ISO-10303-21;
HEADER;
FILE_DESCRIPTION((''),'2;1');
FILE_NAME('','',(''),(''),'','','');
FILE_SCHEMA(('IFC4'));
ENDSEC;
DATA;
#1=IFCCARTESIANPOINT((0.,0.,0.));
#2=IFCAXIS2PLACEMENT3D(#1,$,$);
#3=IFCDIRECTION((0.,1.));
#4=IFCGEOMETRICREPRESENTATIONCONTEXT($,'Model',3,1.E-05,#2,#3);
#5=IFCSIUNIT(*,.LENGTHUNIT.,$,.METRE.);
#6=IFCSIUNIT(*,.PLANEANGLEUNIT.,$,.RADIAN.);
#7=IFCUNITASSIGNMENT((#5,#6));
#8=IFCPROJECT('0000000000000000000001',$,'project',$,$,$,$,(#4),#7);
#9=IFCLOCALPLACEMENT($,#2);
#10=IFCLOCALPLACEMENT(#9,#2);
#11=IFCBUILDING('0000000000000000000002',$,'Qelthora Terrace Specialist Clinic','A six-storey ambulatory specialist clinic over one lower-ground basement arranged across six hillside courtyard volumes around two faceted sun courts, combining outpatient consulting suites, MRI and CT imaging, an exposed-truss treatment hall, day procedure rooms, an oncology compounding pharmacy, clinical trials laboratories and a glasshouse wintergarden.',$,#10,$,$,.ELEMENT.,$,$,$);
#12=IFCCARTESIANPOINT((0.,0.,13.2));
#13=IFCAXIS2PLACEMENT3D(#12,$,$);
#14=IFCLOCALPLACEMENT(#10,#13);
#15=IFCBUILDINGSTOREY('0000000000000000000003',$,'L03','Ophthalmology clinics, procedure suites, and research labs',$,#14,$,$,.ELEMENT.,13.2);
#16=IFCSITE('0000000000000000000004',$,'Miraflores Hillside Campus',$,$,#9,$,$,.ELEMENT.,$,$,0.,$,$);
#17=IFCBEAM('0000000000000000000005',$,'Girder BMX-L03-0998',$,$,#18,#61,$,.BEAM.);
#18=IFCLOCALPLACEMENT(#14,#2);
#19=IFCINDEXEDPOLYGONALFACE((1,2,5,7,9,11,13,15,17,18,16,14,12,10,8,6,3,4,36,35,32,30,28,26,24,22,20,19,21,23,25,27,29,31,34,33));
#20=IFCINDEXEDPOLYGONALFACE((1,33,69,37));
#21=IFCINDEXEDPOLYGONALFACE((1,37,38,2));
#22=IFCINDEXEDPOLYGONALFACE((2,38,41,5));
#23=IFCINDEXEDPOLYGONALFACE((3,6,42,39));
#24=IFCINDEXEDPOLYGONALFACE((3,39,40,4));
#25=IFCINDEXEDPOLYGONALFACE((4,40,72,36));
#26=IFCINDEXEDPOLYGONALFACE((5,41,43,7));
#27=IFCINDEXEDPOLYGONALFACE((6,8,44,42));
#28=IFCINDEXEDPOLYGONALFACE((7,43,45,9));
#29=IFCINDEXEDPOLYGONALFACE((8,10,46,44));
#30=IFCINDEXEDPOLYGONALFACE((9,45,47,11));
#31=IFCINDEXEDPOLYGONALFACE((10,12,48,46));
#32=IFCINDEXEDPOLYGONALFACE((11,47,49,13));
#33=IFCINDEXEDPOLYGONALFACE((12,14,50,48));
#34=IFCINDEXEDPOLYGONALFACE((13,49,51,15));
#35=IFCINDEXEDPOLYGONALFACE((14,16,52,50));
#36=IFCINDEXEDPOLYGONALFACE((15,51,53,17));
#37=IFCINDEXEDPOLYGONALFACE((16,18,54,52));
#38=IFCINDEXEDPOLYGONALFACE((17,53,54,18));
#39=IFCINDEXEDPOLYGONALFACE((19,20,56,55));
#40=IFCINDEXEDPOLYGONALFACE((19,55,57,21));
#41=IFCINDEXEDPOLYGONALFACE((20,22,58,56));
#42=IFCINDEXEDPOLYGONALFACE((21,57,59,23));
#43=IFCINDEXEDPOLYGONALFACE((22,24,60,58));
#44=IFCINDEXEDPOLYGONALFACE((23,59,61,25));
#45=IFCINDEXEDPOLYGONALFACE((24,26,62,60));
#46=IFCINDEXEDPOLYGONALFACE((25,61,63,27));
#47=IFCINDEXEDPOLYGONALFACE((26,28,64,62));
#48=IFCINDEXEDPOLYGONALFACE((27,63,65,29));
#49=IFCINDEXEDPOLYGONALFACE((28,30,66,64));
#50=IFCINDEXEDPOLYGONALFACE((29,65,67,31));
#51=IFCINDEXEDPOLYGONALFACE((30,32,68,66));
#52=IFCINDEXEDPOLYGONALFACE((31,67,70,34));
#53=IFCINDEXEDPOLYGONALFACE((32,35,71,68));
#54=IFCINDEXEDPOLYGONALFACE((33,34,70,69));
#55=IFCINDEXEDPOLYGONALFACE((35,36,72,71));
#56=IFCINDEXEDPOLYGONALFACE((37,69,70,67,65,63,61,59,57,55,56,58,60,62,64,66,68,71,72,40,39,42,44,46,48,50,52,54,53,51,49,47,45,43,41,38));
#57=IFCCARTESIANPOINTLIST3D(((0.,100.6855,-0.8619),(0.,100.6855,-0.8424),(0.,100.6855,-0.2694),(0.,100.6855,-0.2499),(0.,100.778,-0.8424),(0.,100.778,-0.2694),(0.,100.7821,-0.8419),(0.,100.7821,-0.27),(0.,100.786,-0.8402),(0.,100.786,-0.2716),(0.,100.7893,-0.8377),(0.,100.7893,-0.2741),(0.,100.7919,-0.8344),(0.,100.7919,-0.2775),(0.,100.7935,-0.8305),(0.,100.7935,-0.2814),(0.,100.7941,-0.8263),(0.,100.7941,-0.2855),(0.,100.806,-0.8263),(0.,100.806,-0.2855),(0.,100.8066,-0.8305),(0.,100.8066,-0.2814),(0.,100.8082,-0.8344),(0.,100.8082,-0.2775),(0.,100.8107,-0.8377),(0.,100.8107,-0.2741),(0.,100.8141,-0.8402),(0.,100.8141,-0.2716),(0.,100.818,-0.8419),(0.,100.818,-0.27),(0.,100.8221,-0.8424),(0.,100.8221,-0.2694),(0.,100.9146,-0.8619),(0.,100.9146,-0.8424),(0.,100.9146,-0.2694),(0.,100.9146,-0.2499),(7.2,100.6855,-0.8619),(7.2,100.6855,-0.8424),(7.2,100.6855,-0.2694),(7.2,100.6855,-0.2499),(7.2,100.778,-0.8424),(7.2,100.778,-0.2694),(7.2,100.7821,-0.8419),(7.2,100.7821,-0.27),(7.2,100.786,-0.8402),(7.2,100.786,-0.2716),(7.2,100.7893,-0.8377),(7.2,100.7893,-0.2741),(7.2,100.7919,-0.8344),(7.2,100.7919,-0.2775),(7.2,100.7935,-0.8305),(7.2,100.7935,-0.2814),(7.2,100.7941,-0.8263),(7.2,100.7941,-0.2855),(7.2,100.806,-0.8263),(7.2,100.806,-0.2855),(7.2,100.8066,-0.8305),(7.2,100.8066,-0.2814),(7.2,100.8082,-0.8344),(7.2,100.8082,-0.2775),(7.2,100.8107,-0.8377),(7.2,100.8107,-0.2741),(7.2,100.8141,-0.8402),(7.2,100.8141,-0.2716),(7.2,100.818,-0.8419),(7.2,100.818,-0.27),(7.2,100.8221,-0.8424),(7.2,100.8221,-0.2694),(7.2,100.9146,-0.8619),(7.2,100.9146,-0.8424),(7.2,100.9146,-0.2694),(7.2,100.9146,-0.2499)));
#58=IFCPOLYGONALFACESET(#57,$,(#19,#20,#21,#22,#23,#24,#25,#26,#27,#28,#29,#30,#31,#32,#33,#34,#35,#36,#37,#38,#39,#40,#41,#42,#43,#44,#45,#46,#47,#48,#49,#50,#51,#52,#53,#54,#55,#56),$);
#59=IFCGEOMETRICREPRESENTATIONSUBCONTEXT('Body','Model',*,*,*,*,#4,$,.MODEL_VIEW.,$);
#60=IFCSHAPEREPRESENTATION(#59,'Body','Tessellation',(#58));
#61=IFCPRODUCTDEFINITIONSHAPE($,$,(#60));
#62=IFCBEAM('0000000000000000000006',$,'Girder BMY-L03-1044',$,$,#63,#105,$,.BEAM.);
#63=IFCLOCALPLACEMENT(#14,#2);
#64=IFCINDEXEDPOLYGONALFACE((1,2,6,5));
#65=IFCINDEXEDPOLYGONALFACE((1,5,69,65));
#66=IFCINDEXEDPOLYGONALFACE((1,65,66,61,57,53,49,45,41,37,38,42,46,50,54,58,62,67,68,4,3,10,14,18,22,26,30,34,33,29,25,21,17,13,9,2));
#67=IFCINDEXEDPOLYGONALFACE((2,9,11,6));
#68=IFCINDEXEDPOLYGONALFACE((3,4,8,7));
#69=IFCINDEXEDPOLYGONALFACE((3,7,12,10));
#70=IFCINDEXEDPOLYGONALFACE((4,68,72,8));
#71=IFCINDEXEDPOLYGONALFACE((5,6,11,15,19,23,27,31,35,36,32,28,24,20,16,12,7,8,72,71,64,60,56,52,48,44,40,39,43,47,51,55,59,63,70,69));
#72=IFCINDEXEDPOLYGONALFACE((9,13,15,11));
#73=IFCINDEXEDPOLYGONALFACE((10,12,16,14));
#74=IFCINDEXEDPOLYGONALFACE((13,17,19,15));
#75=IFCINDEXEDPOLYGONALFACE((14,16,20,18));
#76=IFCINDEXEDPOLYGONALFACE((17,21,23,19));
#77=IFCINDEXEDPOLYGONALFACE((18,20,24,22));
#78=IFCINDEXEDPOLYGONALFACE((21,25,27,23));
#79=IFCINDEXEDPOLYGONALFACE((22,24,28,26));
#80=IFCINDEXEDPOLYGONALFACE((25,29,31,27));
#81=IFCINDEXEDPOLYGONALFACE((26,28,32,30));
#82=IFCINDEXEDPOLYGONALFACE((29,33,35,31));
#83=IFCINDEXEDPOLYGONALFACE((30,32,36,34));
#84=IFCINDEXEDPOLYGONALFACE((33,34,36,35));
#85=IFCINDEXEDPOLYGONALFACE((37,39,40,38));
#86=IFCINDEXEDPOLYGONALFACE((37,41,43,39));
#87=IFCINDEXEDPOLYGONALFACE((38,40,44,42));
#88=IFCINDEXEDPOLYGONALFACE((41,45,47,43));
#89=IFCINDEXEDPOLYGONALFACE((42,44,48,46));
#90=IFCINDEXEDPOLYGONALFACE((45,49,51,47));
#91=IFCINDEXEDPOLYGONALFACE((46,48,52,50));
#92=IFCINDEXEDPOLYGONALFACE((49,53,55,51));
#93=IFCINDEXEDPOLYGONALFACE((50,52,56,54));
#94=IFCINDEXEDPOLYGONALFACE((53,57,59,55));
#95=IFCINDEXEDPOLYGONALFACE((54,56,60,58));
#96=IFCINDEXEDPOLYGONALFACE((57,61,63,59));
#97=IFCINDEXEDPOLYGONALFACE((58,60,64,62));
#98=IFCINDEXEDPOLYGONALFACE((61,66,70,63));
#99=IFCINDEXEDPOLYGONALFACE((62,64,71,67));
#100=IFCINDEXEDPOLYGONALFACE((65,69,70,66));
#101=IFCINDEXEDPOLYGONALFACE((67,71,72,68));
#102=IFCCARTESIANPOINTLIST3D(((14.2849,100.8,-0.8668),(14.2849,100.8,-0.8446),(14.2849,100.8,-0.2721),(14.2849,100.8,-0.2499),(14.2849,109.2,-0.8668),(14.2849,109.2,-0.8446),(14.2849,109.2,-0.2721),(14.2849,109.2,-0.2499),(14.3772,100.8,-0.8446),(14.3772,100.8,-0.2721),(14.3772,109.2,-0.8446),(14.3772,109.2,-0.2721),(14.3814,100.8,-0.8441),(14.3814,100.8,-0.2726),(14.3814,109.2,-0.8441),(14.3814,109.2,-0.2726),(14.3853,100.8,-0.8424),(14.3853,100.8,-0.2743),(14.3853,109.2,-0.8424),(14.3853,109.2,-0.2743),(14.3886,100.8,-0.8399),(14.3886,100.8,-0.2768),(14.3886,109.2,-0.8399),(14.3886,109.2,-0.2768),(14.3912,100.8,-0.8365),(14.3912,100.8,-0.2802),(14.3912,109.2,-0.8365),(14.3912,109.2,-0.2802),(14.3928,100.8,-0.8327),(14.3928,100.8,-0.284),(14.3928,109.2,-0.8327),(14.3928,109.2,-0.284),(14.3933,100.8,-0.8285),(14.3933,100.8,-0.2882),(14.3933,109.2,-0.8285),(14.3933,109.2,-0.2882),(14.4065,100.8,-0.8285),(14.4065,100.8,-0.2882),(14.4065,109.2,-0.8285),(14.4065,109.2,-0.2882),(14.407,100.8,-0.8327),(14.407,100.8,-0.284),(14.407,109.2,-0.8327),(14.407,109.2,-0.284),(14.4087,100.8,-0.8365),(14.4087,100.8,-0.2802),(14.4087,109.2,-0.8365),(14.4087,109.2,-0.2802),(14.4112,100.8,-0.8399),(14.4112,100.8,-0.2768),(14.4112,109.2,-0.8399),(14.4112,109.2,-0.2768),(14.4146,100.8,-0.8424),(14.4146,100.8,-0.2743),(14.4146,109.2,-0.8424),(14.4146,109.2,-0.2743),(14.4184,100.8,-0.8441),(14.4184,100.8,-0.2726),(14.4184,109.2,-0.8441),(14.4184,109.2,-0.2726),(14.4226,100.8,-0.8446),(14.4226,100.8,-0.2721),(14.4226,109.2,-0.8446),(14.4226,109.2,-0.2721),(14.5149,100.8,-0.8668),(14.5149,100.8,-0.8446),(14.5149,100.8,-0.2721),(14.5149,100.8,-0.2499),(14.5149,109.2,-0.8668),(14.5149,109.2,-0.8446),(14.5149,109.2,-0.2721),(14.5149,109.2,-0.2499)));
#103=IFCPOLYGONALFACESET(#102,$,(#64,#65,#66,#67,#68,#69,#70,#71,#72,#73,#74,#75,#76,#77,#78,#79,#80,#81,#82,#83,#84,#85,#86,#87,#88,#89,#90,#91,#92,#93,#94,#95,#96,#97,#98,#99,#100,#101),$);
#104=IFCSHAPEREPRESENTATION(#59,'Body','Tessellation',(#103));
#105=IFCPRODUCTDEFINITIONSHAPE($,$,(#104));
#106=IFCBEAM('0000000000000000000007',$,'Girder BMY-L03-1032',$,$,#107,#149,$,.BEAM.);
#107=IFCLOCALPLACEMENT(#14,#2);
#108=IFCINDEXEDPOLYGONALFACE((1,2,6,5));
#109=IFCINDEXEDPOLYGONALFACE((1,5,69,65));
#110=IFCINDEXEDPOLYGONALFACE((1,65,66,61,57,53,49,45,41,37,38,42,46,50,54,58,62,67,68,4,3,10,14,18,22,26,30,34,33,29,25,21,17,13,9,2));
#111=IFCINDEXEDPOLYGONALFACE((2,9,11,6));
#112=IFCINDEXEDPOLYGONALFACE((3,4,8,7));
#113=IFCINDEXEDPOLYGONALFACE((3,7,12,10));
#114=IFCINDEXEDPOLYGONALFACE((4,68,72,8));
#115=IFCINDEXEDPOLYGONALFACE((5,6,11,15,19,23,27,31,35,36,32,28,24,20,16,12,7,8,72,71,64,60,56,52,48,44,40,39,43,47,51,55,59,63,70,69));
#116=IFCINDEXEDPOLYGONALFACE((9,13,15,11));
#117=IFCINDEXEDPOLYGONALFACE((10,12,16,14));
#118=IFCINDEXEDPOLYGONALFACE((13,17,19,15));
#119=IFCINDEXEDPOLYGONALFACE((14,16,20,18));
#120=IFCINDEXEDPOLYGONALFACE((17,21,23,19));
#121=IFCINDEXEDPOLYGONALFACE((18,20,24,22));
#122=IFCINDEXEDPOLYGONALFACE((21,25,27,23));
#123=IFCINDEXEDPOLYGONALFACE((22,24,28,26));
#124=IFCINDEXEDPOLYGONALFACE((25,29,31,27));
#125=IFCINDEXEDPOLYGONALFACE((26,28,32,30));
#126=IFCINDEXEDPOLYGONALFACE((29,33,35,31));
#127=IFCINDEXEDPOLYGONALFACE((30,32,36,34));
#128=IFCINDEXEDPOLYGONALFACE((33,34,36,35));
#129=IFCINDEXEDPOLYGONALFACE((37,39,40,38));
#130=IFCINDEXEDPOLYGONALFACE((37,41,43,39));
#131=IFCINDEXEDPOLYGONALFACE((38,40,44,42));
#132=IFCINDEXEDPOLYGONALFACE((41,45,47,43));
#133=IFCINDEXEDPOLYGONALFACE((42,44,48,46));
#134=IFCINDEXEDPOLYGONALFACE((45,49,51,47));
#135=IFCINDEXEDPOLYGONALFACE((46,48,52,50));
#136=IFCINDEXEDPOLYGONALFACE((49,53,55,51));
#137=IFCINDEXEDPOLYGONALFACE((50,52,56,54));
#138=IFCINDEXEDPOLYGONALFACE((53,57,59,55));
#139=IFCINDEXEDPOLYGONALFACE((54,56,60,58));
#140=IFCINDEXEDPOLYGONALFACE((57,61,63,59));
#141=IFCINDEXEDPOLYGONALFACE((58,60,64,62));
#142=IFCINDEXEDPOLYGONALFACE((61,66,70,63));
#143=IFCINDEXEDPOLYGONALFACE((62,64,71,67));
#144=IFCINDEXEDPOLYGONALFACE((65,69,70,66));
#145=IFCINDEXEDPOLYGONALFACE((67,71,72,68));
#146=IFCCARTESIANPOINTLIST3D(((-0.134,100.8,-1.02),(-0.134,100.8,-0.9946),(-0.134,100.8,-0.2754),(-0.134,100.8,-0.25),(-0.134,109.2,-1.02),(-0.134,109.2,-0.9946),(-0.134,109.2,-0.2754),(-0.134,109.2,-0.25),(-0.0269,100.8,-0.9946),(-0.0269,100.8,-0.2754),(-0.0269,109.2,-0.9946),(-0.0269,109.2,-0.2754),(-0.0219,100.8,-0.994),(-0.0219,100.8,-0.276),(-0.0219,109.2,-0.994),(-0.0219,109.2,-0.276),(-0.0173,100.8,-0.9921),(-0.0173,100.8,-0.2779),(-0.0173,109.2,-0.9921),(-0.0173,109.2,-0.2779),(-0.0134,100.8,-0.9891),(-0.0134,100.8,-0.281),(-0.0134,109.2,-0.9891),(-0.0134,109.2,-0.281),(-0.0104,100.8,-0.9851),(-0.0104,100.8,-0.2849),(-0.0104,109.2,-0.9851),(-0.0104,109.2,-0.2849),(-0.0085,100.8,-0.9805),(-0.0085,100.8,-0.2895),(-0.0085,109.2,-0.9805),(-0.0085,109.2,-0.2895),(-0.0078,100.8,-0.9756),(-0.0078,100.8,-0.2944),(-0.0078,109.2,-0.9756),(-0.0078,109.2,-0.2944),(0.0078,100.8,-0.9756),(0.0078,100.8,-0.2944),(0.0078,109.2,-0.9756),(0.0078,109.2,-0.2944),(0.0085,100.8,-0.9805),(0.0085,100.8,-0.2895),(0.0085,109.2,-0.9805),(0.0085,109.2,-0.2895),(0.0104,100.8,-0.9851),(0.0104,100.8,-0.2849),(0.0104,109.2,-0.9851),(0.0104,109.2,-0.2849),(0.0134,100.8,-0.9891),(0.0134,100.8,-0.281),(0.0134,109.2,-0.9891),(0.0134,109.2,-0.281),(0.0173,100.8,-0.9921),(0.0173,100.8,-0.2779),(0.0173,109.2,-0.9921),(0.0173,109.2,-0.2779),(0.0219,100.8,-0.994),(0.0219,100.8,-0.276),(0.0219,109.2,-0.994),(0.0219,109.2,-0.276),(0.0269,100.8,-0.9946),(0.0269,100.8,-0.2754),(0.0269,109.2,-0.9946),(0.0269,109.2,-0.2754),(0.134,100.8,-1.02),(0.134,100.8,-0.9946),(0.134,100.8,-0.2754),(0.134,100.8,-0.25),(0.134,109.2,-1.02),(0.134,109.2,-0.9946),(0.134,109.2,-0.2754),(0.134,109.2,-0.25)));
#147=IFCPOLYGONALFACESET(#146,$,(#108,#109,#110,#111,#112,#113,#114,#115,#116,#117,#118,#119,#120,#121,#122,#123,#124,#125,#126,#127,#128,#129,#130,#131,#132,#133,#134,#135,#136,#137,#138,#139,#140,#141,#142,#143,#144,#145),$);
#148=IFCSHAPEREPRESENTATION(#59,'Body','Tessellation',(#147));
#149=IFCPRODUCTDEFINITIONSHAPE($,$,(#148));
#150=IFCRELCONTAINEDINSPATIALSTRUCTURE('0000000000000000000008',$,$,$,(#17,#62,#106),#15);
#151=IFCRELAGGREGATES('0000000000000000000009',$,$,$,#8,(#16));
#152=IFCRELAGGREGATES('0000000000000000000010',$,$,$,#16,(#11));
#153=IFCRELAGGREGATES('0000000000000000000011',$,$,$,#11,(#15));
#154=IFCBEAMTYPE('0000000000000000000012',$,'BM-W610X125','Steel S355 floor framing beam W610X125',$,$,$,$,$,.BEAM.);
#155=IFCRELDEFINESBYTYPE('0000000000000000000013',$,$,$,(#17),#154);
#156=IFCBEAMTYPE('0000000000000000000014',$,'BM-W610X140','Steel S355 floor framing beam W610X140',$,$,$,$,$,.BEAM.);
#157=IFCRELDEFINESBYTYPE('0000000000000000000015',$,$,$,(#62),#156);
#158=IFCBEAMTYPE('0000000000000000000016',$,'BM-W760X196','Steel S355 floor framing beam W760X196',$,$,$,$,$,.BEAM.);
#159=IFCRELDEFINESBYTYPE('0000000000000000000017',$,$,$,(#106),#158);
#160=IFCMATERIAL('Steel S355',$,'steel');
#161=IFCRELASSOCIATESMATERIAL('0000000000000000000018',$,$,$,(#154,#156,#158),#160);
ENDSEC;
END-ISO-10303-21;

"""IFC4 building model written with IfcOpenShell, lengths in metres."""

from ifc_helpers import new_model, si_unit, direction, frame, origin, origin_2d, place, context, subcontext, project, spatial, i_section, extrude, material, material_profile, profile_set, type_object, element, save


model = new_model("IFC4")

# Units and contexts
model_context = context("Model", 3, precision=1e-05, world=origin(), true_north=direction((0.0, 1.0)))
body_context = subcontext(model_context, "Body", "Model", "MODEL_VIEW")
ifc_project = project(units=[si_unit("LENGTHUNIT", "METRE"), si_unit("PLANEANGLEUNIT", "RADIAN")], contexts=[model_context])

# Site, building, storey
site_placement = place(None, origin())
site = spatial("IfcSite", under=ifc_project, at=site_placement, Name="Miraflores Hillside Campus", CompositionType="ELEMENT", RefElevation=0.0)
building_placement = place(site_placement, origin())
building = spatial("IfcBuilding", under=site, at=building_placement, Name="Qelthora Terrace Specialist Clinic", Description="A six-storey ambulatory specialist clinic over one lower-ground basement arranged across six hillside courtyard volumes around two faceted sun courts, combining outpatient consulting suites, MRI and CT imaging, an exposed-truss treatment hall, day procedure rooms, an oncology compounding pharmacy, clinical trials laboratories and a glasshouse wintergarden.", CompositionType="ELEMENT")
storey_placement = place(building_placement, frame((0.0, 0.0, 13.2)))
storey = spatial("IfcBuildingStorey", under=building, at=storey_placement, Name="L03", Description="Ophthalmology clinics, procedure suites, and research labs", CompositionType="ELEMENT", Elevation=13.2)

# Shared definitions
ifc_material_1 = material(Name="Steel S355", Category="steel")

# Beams
ifc_material_profile_1 = material_profile(ifc_material_1, i_section(OverallWidth=0.229, OverallDepth=0.6121, WebThickness=0.012, FlangeThickness=0.0195, FilletRadius=0.0161, at=origin_2d()), Name="W610X125")
ifc_profile_set_1 = profile_set([ifc_material_profile_1], Name="Steel S355")
beam_type_1 = type_object("IfcBeamType", Name="BM-W610X125", Description="Steel S355 floor framing beam W610X125", PredefinedType="BEAM", material=ifc_profile_set_1)
beam_1_placement = place(storey_placement, frame((0.0, 100.8, -0.5559), z_axis=(1.0, 0.0, 0.0), x_axis=(0.0, 1.0, 0.0)))
element("IfcBeam", 1, at=beam_1_placement, inside=storey, type_object=beam_type_1, Name="Girder BMX-L03-0998", PredefinedType="BEAM", context=body_context, shape_type="SweptSolid", body=[
    extrude(i_section(OverallWidth=0.229, OverallDepth=0.6121, WebThickness=0.012, FlangeThickness=0.0195, FilletRadius=0.0161, at=origin_2d()), origin(), (0.0, 0.0, 1.0), 7.2),
])
ifc_material_profile_2 = material_profile(ifc_material_1, i_section(OverallWidth=0.23, OverallDepth=0.6169, WebThickness=0.0132, FlangeThickness=0.0222, FilletRadius=0.0161, at=origin_2d()), Name="W610X140")
ifc_profile_set_2 = profile_set([ifc_material_profile_2], Name="Steel S355")
beam_type_2 = type_object("IfcBeamType", Name="BM-W610X140", Description="Steel S355 floor framing beam W610X140", PredefinedType="BEAM", material=ifc_profile_set_2)
beam_2_placement = place(storey_placement, frame((14.3999, 100.8, -0.5583), z_axis=(0.0, 1.0, 0.0), x_axis=(-1.0, 0.0, 0.0)))
element("IfcBeam", 2, at=beam_2_placement, inside=storey, type_object=beam_type_2, Name="Girder BMY-L03-1044", PredefinedType="BEAM", context=body_context, shape_type="SweptSolid", body=[
    extrude(i_section(OverallWidth=0.23, OverallDepth=0.6169, WebThickness=0.0132, FlangeThickness=0.0222, FilletRadius=0.0161, at=origin_2d()), origin(), (0.0, 0.0, 1.0), 8.3999),
])
ifc_material_profile_3 = material_profile(ifc_material_1, i_section(OverallWidth=0.2681, OverallDepth=0.77, WebThickness=0.0156, FlangeThickness=0.0254, FilletRadius=0.019, at=origin_2d()), Name="W760X196")
ifc_profile_set_3 = profile_set([ifc_material_profile_3], Name="Steel S355")
beam_type_3 = type_object("IfcBeamType", Name="BM-W760X196", Description="Steel S355 floor framing beam W760X196", PredefinedType="BEAM", material=ifc_profile_set_3)
beam_3_placement = place(storey_placement, frame((0.0, 100.8, -0.635), z_axis=(0.0, 1.0, 0.0), x_axis=(-1.0, 0.0, 0.0)))
element("IfcBeam", 3, at=beam_3_placement, inside=storey, type_object=beam_type_3, Name="Girder BMY-L03-1032", PredefinedType="BEAM", context=body_context, shape_type="SweptSolid", body=[
    extrude(i_section(OverallWidth=0.2681, OverallDepth=0.77, WebThickness=0.0156, FlangeThickness=0.0254, FilletRadius=0.019, at=origin_2d()), origin(), (0.0, 0.0, 1.0), 8.3999),
])

save(model, "model.ifc")
